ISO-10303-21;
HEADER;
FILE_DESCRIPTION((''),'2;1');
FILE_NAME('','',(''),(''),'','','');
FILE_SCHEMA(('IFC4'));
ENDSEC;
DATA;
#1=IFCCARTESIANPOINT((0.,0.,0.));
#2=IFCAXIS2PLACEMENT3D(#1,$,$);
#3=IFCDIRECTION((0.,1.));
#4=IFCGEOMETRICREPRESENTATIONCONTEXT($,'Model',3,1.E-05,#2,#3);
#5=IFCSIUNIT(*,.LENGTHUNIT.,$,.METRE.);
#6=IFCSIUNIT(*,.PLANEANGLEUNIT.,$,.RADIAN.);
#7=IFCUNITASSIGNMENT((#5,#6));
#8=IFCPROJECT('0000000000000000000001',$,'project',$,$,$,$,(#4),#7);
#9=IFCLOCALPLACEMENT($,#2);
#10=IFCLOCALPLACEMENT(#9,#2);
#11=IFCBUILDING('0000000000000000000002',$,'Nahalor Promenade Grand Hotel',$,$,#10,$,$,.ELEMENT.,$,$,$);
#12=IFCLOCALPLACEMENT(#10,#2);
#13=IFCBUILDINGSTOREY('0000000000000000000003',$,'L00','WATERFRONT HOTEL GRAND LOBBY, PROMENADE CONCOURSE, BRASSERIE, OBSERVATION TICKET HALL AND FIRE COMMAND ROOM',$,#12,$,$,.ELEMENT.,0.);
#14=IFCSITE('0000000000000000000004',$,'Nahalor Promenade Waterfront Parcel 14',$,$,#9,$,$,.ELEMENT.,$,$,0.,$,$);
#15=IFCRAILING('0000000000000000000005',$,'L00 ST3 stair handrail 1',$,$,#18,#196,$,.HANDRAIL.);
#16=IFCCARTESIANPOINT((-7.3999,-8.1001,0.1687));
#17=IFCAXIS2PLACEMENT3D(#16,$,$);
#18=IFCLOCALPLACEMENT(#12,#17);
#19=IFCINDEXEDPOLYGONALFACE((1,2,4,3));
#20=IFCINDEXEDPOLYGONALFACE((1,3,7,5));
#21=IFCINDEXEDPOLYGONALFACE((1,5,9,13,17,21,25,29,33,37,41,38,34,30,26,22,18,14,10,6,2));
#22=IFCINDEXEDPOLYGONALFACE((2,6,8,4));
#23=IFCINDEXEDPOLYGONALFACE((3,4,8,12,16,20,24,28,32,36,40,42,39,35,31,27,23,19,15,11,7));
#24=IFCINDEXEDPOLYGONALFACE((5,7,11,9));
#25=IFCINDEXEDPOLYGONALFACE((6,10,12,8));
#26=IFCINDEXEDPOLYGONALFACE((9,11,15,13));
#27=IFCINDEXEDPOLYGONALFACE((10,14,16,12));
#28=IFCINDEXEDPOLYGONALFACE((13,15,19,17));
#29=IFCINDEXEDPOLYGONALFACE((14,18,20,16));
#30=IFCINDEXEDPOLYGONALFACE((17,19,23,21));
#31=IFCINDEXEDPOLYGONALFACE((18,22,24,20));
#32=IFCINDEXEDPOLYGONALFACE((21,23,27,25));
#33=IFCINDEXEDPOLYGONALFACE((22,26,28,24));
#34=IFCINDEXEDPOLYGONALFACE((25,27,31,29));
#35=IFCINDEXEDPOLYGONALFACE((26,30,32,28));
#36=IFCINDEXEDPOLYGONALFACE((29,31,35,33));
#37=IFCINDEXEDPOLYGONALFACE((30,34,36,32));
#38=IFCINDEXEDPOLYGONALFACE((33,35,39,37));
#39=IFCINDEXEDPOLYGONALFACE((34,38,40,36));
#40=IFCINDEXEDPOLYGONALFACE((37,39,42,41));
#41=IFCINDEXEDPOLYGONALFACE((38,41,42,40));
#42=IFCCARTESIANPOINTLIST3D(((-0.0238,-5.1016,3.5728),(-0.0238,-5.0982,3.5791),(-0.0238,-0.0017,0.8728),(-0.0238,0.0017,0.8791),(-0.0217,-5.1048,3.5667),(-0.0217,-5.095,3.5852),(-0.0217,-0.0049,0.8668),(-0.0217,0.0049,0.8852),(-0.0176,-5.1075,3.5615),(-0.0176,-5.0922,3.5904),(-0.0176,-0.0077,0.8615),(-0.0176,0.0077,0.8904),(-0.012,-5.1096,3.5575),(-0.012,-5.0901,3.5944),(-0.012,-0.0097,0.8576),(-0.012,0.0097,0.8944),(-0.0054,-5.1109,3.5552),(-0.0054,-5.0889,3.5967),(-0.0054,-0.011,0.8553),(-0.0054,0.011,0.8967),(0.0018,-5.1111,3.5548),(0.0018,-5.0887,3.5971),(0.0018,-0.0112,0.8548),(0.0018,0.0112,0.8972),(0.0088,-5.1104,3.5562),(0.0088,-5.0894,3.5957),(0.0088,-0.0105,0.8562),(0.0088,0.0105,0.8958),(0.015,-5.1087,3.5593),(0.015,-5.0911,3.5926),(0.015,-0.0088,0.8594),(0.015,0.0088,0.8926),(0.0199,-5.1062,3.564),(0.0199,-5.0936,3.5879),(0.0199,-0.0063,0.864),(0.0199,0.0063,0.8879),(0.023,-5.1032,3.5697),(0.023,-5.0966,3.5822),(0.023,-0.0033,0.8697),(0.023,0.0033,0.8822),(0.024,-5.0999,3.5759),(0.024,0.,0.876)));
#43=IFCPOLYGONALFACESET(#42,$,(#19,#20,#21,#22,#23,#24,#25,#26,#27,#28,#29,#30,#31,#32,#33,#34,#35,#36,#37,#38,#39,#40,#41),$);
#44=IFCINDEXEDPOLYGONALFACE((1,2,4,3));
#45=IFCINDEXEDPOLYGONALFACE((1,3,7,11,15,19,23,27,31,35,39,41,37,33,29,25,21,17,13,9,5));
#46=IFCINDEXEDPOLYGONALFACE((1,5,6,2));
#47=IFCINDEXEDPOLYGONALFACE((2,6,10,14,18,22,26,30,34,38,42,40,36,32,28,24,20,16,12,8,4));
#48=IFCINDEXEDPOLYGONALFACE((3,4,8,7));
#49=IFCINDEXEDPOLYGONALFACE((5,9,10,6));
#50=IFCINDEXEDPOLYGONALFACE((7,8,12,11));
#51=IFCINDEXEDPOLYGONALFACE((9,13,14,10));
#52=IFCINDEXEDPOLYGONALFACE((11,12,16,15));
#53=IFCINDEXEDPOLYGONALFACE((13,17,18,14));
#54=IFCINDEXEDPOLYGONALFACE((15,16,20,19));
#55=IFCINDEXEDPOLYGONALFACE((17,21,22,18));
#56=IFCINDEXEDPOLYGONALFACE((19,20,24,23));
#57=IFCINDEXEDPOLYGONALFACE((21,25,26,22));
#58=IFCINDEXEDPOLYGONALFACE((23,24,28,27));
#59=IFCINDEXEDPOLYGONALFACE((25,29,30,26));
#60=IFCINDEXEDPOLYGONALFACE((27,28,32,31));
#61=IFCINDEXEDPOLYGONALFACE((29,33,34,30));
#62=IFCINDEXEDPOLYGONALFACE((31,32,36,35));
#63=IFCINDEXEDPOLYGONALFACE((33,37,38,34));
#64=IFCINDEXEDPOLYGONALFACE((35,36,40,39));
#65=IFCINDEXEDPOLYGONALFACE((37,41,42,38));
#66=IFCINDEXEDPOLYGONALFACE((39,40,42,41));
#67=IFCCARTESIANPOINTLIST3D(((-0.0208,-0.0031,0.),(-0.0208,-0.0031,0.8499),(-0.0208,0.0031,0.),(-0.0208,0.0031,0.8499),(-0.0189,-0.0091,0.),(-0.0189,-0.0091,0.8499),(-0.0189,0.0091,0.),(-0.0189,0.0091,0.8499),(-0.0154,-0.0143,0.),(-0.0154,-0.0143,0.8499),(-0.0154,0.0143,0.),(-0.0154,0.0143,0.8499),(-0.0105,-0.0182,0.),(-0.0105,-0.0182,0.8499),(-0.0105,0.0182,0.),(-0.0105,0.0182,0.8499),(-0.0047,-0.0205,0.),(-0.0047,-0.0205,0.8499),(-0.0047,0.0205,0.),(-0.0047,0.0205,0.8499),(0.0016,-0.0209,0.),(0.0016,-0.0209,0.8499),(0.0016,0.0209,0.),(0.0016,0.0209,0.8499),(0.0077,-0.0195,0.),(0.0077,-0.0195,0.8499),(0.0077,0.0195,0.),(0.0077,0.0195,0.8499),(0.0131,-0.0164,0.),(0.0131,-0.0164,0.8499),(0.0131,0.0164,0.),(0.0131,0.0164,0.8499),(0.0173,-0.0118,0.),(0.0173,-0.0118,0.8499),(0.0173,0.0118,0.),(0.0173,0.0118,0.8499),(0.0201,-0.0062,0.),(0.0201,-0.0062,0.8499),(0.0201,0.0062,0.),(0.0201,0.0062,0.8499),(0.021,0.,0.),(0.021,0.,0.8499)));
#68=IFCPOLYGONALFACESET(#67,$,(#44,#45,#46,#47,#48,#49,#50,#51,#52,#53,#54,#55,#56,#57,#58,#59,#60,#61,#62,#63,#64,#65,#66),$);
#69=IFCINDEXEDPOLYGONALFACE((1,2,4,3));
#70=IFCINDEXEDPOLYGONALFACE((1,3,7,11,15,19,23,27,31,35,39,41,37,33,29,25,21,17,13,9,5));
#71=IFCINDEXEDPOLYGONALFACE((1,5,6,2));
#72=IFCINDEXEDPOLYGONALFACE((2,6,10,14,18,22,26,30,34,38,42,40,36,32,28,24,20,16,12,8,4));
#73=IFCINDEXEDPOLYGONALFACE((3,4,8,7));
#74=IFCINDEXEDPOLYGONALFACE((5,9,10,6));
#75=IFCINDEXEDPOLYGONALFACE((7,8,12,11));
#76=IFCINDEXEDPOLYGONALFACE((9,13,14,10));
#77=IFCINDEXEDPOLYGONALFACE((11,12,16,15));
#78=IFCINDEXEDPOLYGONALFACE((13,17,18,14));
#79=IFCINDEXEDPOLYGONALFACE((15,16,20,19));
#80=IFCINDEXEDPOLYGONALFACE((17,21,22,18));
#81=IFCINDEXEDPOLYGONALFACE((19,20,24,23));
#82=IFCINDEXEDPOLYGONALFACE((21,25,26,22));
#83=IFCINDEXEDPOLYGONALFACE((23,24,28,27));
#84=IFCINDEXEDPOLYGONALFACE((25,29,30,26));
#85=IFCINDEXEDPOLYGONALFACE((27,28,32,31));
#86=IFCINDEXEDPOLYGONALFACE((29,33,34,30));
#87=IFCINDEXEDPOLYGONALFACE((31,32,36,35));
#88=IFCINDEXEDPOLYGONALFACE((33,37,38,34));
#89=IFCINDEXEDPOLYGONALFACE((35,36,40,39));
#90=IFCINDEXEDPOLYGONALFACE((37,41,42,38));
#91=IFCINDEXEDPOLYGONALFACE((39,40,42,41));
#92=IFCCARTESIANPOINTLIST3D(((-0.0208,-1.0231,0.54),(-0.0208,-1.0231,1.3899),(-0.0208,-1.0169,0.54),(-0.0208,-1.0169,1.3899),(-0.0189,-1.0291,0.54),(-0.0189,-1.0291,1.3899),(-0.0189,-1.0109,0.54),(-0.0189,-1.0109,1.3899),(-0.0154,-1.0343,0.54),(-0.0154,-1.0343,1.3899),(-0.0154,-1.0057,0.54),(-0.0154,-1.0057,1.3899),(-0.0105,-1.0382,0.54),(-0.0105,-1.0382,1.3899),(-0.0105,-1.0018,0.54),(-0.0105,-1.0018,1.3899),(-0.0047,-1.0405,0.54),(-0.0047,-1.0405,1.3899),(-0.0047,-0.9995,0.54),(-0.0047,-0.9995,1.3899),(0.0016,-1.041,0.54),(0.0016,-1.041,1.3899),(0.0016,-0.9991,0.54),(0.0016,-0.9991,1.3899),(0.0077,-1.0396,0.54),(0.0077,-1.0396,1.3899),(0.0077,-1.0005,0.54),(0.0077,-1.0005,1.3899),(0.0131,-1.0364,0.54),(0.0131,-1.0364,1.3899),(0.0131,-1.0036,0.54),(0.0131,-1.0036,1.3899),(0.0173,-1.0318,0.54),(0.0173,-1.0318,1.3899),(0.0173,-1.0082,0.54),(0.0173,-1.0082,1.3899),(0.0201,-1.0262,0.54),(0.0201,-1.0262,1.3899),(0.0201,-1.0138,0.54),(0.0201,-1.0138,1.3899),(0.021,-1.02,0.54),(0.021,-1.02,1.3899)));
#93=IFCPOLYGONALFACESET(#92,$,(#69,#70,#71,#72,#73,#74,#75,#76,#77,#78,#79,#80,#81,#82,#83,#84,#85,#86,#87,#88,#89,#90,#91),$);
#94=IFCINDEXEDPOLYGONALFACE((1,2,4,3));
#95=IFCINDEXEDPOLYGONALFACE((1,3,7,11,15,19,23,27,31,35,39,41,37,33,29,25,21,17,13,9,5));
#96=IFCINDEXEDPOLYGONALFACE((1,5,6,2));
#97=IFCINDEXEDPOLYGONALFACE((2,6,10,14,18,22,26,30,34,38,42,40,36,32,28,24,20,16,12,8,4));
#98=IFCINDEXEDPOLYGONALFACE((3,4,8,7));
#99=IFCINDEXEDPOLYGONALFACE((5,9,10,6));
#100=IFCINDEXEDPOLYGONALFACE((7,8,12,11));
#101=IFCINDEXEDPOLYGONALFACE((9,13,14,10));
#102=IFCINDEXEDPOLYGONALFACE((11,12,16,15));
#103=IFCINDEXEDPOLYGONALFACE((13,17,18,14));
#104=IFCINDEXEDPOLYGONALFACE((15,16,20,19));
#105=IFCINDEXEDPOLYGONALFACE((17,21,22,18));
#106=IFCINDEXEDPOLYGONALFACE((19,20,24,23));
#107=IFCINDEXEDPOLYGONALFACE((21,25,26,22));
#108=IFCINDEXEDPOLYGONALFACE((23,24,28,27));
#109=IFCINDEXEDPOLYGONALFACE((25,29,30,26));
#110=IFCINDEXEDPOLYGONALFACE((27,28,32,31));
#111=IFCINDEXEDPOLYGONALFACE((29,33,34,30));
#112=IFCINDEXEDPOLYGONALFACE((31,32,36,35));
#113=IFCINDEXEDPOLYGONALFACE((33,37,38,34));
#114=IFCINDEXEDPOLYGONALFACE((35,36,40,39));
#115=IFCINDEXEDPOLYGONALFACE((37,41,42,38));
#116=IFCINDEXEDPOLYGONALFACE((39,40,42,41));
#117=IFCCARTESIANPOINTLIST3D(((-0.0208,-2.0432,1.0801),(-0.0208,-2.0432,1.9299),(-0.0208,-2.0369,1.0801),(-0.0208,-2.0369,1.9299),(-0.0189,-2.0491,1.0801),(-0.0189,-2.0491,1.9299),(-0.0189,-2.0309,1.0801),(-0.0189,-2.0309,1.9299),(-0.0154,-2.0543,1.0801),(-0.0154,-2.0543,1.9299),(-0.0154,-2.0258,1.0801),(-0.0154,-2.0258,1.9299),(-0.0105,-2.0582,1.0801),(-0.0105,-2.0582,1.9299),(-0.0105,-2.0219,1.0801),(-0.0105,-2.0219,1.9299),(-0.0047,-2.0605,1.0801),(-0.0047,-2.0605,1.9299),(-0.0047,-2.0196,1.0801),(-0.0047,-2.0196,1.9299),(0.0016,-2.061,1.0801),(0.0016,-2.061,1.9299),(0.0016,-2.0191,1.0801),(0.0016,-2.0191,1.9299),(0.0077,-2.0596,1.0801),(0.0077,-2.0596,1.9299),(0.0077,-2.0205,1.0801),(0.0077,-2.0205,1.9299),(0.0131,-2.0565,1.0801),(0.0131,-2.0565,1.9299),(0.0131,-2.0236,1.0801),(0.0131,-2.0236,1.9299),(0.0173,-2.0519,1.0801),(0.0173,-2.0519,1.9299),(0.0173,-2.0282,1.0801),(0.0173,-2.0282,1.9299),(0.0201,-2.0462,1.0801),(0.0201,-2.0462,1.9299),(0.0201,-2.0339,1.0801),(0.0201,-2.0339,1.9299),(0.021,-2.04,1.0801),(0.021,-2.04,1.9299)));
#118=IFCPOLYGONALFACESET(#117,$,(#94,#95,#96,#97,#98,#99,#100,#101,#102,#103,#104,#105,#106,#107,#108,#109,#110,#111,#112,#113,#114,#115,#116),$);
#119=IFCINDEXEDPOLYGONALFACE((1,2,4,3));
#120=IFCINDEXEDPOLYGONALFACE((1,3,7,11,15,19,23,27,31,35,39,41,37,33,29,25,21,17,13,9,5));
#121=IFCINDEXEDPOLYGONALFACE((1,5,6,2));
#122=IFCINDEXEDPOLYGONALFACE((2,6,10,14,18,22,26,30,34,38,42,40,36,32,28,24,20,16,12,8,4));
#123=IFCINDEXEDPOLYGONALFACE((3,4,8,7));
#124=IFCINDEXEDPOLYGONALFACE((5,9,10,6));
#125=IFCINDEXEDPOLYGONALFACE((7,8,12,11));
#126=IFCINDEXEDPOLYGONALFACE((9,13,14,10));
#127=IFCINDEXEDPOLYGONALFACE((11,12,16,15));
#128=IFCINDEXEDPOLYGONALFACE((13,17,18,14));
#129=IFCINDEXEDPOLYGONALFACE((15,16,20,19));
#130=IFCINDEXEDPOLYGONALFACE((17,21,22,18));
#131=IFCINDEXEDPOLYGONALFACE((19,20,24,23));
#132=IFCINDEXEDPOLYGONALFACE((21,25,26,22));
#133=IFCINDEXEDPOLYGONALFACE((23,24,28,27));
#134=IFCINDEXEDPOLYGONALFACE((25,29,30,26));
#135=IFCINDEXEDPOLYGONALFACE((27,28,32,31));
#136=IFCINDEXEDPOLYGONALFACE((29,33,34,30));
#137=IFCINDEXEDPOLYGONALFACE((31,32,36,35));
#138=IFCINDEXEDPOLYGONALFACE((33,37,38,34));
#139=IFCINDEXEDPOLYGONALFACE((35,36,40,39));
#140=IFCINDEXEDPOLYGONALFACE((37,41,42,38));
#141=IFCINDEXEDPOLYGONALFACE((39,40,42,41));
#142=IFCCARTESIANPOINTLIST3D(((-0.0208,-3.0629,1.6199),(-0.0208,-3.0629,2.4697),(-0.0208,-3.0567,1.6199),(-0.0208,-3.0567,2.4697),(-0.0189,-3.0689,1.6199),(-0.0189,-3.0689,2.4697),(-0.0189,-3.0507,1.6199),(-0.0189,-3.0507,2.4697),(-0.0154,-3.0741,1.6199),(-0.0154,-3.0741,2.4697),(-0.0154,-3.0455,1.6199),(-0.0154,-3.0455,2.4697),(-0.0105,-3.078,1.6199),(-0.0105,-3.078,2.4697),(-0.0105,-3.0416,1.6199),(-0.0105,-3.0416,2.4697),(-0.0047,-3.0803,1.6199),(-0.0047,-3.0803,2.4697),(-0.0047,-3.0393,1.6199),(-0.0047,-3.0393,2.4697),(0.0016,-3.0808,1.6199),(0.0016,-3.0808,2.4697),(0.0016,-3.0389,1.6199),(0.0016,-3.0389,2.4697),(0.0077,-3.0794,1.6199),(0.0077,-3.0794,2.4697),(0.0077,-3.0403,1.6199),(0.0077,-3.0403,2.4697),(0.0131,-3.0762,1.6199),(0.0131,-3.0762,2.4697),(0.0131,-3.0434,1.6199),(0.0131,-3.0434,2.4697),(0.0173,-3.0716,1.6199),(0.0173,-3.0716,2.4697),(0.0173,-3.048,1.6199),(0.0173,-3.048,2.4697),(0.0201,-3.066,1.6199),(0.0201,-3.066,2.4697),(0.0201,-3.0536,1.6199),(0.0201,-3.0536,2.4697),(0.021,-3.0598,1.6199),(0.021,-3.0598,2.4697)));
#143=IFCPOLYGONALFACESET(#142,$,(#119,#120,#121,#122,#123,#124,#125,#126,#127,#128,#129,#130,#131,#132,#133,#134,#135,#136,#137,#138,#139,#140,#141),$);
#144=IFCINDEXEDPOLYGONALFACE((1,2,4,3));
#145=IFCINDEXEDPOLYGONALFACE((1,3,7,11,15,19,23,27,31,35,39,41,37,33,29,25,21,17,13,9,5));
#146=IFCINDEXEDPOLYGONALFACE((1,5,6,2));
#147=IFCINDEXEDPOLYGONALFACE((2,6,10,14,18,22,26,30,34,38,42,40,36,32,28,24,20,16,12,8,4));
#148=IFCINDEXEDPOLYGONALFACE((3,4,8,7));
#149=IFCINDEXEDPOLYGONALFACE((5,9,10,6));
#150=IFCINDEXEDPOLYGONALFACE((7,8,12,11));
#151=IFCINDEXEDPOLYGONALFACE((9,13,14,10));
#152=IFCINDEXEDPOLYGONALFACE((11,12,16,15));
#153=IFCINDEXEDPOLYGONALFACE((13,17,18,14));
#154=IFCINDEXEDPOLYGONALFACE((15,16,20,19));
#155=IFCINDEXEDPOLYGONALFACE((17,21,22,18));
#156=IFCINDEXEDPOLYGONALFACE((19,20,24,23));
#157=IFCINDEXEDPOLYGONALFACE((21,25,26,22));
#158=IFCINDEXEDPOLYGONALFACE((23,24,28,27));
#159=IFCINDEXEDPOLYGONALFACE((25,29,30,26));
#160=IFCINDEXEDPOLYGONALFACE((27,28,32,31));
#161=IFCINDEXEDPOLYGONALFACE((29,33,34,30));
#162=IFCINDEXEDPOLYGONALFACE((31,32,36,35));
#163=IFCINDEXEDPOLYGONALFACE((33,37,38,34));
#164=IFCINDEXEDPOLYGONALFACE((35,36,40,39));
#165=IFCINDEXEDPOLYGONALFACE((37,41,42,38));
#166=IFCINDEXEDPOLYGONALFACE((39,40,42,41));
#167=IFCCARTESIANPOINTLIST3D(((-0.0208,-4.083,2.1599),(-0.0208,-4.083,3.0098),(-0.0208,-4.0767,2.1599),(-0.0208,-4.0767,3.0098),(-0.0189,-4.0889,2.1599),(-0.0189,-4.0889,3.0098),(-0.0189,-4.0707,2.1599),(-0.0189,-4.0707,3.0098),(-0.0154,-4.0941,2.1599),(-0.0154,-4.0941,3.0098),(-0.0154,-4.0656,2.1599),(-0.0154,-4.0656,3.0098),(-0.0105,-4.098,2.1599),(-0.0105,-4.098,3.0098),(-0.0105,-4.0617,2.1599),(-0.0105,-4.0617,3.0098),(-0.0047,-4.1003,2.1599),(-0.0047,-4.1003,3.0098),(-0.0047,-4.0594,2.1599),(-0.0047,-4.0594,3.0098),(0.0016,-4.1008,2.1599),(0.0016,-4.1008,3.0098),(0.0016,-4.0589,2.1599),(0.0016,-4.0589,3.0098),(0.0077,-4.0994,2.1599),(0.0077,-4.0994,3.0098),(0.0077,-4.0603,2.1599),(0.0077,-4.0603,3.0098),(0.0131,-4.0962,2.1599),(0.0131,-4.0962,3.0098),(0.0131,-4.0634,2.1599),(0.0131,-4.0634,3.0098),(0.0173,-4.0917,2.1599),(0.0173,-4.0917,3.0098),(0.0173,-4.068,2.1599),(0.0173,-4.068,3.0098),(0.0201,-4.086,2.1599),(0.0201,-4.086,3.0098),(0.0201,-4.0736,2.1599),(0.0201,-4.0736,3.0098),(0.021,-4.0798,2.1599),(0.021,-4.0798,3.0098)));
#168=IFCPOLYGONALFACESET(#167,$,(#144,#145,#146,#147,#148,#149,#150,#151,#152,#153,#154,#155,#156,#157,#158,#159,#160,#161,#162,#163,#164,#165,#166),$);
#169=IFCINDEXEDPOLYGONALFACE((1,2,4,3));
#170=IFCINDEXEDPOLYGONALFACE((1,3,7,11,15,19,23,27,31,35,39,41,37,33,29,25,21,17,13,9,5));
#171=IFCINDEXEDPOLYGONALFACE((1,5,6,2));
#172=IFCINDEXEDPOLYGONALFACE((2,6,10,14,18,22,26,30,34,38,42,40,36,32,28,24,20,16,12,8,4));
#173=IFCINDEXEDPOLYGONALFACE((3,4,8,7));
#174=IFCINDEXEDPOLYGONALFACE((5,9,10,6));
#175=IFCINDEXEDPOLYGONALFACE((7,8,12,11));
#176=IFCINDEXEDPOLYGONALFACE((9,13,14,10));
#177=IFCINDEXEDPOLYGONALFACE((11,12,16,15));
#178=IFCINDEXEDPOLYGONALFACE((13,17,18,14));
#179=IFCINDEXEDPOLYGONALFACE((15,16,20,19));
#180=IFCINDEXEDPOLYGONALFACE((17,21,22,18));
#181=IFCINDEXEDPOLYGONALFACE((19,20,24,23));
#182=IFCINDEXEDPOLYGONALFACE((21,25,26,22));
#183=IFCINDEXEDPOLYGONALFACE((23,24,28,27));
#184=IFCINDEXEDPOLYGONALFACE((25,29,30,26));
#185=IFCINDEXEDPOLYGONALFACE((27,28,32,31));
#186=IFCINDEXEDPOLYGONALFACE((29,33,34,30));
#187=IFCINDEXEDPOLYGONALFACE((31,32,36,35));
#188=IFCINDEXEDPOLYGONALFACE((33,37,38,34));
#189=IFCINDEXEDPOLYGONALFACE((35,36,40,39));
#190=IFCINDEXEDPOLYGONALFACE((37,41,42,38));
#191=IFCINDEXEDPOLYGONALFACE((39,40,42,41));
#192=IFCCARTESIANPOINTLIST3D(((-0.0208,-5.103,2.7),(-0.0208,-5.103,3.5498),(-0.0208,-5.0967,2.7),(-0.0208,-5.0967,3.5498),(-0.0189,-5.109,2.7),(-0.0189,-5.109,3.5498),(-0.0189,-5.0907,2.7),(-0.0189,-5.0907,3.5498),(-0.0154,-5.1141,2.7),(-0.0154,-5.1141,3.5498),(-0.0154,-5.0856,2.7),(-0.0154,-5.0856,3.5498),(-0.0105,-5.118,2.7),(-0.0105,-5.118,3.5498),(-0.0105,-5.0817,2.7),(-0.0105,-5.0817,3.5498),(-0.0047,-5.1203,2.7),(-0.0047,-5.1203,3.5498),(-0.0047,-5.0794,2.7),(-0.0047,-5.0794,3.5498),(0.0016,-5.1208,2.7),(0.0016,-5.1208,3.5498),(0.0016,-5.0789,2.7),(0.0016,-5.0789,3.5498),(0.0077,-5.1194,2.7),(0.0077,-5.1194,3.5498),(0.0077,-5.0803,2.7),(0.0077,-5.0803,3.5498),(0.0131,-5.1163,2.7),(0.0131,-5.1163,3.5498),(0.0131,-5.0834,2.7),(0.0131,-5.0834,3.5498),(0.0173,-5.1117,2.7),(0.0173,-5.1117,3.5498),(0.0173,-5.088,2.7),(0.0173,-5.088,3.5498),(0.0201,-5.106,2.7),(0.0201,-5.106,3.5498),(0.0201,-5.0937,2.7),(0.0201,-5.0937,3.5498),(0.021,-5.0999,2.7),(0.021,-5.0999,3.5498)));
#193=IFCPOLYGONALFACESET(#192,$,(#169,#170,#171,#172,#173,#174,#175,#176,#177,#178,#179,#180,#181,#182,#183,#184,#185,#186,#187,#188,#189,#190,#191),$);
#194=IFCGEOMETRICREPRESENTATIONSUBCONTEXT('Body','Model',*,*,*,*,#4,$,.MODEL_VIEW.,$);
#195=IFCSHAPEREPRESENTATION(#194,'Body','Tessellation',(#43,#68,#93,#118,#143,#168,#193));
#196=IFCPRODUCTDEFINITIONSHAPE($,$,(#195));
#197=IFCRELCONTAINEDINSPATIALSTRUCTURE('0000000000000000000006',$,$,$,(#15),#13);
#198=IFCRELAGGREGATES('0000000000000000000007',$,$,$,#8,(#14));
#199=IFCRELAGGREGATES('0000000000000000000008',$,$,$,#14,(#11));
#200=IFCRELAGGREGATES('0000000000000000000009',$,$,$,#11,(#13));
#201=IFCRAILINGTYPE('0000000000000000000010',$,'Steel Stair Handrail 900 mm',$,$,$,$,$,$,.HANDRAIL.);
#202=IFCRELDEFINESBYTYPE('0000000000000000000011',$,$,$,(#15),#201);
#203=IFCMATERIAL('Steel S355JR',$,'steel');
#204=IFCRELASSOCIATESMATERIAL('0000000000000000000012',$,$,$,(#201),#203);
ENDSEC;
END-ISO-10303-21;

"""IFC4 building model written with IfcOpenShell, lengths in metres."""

from ifc_helpers import new_model, si_unit, direction, frame, origin, origin_2d, place, context, subcontext, project, spatial, circle, extrude, material, type_object, element, save


model = new_model("IFC4")

# Units and contexts
model_context = context("Model", 3, precision=1e-05, world=origin(), true_north=direction((0.0, 1.0)))
body_context = subcontext(model_context, "Body", "Model", "MODEL_VIEW")
ifc_project = project(units=[si_unit("LENGTHUNIT", "METRE"), si_unit("PLANEANGLEUNIT", "RADIAN")], contexts=[model_context])

# Site, building, storey
site_placement = place(None, origin())
site = spatial("IfcSite", under=ifc_project, at=site_placement, Name="Nahalor Promenade Waterfront Parcel 14", CompositionType="ELEMENT", RefElevation=0.0)
building_placement = place(site_placement, origin())
building = spatial("IfcBuilding", under=site, at=building_placement, Name="Nahalor Promenade Grand Hotel", CompositionType="ELEMENT")
storey_placement = place(building_placement, origin())
storey = spatial("IfcBuildingStorey", under=building, at=storey_placement, Name="L00", Description="WATERFRONT HOTEL GRAND LOBBY, PROMENADE CONCOURSE, BRASSERIE, OBSERVATION TICKET HALL AND FIRE COMMAND ROOM", CompositionType="ELEMENT", Elevation=0.0)

# Shared definitions
ifc_material_1 = material(Name="Steel S355JR", Category="steel")

# Railing
railing_type_1 = type_object("IfcRailingType", Name="Steel Stair Handrail 900 mm", PredefinedType="HANDRAIL", material=ifc_material_1)
for number, where, name in (
    (1, (-7.3999, -8.1001, 0.1687), "L00 ST3 stair handrail 1"),
):
    element("IfcRailing", number, at=place(storey_placement, frame(where)), inside=storey, type_object=railing_type_1, Name=name, PredefinedType="HANDRAIL", context=body_context, shape_type="SweptSolid", body=[
        extrude(circle(Radius=0.024, at=origin_2d()), frame((0.0, 0.0, 0.876), z_axis=(0.0, -0.883786, 0.467892), x_axis=(1.0, 0.0, 0.0)), (0.0, 0.0, 1.0), 5.7705),
        extrude(circle(Radius=0.021, at=origin_2d()), origin(), (0.0, 0.0, 1.0), 0.8499),
        extrude(circle(Radius=0.021, at=origin_2d()), frame((0.0, -1.02, 0.54)), (0.0, 0.0, 1.0), 0.8499),
        extrude(circle(Radius=0.021, at=origin_2d()), frame((0.0, -2.04, 1.0801)), (0.0, 0.0, 1.0), 0.8499),
        extrude(circle(Radius=0.021, at=origin_2d()), frame((0.0, -3.0598, 1.6199)), (0.0, 0.0, 1.0), 0.8499),
        extrude(circle(Radius=0.021, at=origin_2d()), frame((0.0, -4.0798, 2.1599)), (0.0, 0.0, 1.0), 0.8499),
        extrude(circle(Radius=0.021, at=origin_2d()), frame((0.0, -5.0999, 2.7)), (0.0, 0.0, 1.0), 0.8499),
    ])

save(model, "model.ifc")
